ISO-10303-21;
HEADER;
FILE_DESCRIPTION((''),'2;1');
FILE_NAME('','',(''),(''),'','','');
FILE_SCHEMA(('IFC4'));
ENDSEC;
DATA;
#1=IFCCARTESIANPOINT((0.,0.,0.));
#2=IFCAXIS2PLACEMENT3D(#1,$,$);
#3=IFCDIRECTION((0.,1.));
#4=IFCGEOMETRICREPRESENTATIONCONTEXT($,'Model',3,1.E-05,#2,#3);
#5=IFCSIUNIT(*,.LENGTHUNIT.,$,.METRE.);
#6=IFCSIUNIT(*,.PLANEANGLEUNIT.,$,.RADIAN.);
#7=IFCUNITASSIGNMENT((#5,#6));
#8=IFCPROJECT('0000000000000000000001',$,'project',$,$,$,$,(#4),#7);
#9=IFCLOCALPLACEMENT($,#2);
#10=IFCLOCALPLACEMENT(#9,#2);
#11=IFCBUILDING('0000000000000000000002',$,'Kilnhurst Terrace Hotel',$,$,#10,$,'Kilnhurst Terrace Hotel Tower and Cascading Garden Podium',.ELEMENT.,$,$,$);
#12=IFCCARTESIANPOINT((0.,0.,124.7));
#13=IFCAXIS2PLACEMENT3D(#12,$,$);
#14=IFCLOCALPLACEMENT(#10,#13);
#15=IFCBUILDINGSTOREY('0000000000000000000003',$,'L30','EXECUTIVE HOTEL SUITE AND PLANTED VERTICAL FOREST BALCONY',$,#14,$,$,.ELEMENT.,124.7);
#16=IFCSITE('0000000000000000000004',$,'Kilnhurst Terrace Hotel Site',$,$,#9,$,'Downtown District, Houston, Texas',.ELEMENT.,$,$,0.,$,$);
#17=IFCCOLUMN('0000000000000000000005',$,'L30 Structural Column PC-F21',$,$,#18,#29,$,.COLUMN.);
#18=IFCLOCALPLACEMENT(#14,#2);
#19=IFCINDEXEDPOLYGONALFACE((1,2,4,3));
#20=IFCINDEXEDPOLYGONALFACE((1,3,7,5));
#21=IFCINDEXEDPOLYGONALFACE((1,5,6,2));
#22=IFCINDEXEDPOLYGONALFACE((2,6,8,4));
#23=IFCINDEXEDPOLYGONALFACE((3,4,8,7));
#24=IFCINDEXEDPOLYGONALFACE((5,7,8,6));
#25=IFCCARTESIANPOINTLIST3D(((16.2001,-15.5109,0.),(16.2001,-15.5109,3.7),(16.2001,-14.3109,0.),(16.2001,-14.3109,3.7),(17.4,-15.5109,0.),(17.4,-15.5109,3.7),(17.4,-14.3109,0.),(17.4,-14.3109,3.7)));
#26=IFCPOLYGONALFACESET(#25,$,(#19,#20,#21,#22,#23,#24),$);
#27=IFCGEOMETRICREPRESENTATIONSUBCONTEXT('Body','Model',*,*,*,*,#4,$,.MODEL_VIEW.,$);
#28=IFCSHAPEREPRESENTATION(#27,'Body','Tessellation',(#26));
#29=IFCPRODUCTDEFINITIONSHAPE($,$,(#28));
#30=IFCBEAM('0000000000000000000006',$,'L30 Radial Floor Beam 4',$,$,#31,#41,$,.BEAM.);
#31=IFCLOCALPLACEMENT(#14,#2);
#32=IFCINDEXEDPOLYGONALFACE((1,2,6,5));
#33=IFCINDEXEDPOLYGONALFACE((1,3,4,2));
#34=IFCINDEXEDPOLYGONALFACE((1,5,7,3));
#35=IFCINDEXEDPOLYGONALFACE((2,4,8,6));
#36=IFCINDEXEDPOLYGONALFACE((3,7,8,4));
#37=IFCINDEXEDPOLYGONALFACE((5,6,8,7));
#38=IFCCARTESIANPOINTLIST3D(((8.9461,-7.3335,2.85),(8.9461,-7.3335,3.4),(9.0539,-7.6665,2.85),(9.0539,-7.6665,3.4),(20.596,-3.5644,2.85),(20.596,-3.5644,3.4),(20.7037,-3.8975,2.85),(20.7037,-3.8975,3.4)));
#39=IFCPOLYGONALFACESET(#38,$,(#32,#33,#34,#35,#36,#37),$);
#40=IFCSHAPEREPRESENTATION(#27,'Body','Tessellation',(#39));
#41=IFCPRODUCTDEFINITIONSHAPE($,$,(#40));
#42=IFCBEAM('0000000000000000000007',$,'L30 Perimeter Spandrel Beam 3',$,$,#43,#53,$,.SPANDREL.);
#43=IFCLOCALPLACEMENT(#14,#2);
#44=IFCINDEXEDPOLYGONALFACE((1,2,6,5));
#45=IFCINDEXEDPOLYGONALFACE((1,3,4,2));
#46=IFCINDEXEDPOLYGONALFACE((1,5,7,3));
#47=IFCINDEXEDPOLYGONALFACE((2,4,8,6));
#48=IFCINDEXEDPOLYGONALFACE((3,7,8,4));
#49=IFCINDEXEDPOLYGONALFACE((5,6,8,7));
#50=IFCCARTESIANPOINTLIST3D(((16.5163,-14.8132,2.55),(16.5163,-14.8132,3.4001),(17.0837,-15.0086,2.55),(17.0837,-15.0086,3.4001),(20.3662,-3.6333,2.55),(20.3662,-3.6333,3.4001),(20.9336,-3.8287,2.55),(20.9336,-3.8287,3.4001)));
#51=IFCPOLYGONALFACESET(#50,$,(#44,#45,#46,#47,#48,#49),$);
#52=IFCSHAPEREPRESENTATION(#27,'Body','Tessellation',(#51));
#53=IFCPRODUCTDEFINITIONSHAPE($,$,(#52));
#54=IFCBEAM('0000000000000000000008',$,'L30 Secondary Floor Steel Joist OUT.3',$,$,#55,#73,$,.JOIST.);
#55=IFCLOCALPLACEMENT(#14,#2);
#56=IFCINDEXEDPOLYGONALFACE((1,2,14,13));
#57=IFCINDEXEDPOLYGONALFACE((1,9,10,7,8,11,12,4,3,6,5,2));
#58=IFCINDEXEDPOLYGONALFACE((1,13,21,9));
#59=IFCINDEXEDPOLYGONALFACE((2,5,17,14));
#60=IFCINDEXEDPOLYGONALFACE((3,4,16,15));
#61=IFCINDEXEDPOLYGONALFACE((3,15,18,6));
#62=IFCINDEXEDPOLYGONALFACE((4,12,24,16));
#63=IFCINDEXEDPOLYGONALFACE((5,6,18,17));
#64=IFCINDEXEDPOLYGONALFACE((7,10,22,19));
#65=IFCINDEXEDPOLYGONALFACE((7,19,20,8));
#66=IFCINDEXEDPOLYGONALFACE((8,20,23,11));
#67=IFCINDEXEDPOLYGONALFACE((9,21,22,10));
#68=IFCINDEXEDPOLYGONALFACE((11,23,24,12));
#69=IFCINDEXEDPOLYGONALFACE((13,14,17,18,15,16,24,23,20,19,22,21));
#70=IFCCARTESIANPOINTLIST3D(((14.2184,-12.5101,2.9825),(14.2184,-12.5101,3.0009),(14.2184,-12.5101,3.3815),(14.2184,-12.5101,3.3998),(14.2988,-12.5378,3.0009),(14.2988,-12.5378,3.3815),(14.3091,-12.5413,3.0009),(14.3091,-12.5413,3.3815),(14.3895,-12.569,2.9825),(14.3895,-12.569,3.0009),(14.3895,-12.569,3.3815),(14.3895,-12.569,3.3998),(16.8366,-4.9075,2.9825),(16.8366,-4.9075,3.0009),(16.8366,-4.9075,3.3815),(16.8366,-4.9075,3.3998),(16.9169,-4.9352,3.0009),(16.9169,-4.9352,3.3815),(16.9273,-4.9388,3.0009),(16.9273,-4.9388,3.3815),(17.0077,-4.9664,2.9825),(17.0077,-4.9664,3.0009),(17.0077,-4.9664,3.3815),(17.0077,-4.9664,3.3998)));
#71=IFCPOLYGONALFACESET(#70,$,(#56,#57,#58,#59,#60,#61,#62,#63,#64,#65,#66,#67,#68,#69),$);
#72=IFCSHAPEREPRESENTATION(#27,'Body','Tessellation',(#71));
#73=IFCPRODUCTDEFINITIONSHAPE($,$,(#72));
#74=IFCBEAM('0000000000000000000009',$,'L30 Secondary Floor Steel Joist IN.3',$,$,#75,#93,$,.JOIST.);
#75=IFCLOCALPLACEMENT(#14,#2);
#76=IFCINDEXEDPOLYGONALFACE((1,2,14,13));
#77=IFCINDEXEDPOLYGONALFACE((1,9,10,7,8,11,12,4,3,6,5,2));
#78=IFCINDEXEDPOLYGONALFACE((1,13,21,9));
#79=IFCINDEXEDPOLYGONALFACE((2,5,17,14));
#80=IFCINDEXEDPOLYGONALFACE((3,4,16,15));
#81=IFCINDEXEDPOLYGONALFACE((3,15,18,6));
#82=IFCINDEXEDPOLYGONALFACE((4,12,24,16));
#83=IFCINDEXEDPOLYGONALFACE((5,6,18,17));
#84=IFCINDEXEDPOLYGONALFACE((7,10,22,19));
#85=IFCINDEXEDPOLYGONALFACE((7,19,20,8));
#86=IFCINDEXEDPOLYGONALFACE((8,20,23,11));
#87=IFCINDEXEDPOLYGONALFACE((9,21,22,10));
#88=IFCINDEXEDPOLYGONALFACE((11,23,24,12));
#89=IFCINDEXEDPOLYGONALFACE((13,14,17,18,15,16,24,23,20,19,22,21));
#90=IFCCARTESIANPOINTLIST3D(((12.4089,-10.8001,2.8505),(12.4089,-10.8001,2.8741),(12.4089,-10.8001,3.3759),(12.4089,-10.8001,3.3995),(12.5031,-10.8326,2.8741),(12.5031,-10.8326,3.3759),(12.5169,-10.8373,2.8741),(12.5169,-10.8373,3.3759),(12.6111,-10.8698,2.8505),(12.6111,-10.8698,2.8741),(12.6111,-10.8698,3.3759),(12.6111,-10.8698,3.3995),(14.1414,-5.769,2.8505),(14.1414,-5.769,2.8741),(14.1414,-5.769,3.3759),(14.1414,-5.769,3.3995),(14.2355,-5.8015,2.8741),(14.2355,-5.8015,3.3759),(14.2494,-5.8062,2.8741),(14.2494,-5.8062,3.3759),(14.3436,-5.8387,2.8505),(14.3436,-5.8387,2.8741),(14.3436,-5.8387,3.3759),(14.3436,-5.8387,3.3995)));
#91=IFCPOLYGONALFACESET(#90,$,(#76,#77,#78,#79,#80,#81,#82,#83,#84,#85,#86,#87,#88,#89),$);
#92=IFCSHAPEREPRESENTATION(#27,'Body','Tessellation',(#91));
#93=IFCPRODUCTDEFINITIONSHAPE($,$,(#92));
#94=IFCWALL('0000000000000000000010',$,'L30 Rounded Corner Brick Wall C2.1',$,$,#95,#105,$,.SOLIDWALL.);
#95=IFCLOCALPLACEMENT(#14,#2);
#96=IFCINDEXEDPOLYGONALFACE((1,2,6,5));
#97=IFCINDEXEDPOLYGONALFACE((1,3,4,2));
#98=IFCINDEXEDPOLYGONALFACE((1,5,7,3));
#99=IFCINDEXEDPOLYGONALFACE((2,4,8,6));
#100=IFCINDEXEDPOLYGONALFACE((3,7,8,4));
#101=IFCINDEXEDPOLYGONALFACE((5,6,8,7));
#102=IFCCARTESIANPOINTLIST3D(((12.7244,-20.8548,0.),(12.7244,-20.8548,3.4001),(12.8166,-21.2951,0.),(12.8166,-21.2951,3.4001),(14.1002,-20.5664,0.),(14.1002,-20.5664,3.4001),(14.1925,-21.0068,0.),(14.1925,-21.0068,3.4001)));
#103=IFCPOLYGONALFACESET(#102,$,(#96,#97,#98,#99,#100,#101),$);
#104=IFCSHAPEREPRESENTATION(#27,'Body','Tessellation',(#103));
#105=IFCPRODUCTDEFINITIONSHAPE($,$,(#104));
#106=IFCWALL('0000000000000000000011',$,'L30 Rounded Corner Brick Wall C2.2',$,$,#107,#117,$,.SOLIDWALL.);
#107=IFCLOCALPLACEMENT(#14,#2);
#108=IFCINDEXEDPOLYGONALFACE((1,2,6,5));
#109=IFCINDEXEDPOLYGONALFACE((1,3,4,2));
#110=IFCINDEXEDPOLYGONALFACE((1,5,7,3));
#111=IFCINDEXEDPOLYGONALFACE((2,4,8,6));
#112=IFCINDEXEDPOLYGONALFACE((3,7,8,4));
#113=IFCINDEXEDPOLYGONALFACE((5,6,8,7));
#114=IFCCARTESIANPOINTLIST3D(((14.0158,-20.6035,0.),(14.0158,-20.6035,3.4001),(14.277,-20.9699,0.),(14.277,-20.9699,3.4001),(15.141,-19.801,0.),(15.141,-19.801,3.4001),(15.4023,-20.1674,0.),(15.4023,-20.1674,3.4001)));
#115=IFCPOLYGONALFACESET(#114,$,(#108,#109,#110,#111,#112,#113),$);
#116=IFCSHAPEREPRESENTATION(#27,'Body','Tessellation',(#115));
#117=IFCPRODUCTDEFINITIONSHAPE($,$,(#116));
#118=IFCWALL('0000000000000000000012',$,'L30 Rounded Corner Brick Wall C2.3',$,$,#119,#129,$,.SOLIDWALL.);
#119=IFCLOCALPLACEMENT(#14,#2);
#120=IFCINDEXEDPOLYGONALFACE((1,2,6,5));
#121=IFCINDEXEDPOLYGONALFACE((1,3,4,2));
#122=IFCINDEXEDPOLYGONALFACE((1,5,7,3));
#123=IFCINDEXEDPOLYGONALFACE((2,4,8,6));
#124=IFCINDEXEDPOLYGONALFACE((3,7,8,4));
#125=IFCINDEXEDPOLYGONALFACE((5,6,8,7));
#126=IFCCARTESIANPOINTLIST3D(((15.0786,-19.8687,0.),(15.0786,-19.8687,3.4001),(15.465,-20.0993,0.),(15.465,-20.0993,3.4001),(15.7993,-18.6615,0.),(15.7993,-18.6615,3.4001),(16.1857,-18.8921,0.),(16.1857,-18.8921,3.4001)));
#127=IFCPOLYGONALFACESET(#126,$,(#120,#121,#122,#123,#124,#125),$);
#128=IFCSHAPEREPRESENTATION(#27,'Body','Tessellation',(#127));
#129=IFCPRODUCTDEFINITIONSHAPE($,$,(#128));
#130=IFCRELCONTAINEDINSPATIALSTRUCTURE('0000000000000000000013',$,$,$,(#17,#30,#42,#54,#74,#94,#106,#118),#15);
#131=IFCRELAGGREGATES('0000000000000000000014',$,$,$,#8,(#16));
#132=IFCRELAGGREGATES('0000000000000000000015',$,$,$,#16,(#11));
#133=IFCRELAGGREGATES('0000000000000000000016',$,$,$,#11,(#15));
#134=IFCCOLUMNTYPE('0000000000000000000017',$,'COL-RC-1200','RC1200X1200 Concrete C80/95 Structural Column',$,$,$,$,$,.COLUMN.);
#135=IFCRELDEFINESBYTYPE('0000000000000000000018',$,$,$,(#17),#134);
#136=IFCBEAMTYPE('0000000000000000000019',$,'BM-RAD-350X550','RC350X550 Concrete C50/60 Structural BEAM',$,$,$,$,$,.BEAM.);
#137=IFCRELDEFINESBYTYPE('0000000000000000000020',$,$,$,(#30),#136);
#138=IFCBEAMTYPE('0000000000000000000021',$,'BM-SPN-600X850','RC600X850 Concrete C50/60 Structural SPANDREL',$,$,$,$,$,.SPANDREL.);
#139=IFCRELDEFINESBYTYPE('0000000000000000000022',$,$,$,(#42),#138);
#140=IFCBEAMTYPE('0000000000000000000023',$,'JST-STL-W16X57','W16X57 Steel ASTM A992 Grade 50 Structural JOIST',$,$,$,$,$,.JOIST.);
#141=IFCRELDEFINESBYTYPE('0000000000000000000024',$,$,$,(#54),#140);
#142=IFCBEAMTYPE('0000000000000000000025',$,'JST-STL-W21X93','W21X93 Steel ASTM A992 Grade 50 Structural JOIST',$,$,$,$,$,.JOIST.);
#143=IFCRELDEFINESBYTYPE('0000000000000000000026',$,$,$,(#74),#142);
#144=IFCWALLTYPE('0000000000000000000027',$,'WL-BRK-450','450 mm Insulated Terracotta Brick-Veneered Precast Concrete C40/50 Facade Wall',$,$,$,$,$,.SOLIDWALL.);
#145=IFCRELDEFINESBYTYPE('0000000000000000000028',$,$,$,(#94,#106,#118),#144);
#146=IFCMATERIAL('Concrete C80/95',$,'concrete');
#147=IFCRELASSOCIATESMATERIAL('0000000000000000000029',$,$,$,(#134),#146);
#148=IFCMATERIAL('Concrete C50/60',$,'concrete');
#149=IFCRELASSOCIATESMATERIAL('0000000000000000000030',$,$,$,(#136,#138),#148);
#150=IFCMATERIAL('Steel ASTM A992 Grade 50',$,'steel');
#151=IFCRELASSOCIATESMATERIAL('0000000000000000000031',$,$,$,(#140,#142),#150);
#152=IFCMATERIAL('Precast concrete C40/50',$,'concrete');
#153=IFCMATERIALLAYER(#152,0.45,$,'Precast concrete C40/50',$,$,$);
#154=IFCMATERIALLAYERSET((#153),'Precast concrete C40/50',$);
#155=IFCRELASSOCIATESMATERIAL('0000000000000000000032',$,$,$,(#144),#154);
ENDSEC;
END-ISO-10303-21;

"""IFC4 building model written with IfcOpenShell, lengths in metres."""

from ifc_helpers import new_model, si_unit, direction, frame, frame_2d, origin, origin_2d, place, context, subcontext, project, spatial, rectangle, i_section, extrude, material, layer, layer_set, material_profile, profile_set, type_object, element, save


model = new_model("IFC4")

# Units and contexts
model_context = context("Model", 3, precision=1e-05, world=origin(), true_north=direction((0.0, 1.0)))
body_context = subcontext(model_context, "Body", "Model", "MODEL_VIEW")
ifc_project = project(units=[si_unit("LENGTHUNIT", "METRE"), si_unit("PLANEANGLEUNIT", "RADIAN")], contexts=[model_context])

# Site, building, storey
site_placement = place(None, origin())
site = spatial("IfcSite", under=ifc_project, at=site_placement, Name="Kilnhurst Terrace Hotel Site", LongName="Downtown District, Houston, Texas", CompositionType="ELEMENT", RefElevation=0.0)
building_placement = place(site_placement, origin())
building = spatial("IfcBuilding", under=site, at=building_placement, Name="Kilnhurst Terrace Hotel", LongName="Kilnhurst Terrace Hotel Tower and Cascading Garden Podium", CompositionType="ELEMENT")
storey_placement = place(building_placement, frame((0.0, 0.0, 124.7)))
storey = spatial("IfcBuildingStorey", under=building, at=storey_placement, Name="L30", Description="EXECUTIVE HOTEL SUITE AND PLANTED VERTICAL FOREST BALCONY", CompositionType="ELEMENT", Elevation=124.7)

# Column
ifc_material_1 = material(Name="Concrete C80/95", Category="concrete")
ifc_material_profile_1 = material_profile(ifc_material_1, rectangle(XDim=1.2, YDim=1.2, at=origin_2d()), Name="RC1200X1200")
ifc_profile_set_1 = profile_set([ifc_material_profile_1], Name="Concrete C80/95")
column_type = type_object("IfcColumnType", Name="COL-RC-1200", Description="RC1200X1200 Concrete C80/95 Structural Column", PredefinedType="COLUMN", material=ifc_profile_set_1)
column_placement = place(storey_placement, frame((16.8, -14.9109, 0.0), z_axis=(0.0, 0.0, 1.0), x_axis=(1.0, 0.0, 0.0)))
element("IfcColumn", 1, at=column_placement, inside=storey, type_object=column_type, Name="L30 Structural Column PC-F21", PredefinedType="COLUMN", context=body_context, shape_type="SweptSolid", body=[
    extrude(rectangle(XDim=1.2, YDim=1.2, at=origin_2d()), origin(), (0.0, 0.0, 1.0), 3.7),
])

# Beams
ifc_material_2 = material(Name="Concrete C50/60", Category="concrete")
ifc_material_profile_2 = material_profile(ifc_material_2, rectangle(XDim=0.3501, YDim=0.55, at=origin_2d()), Name="RC350X550")
ifc_profile_set_2 = profile_set([ifc_material_profile_2], Name="Concrete C50/60")
beam_type_1 = type_object("IfcBeamType", Name="BM-RAD-350X550", Description="RC350X550 Concrete C50/60 Structural BEAM", PredefinedType="BEAM", material=ifc_profile_set_2)
beam_1_placement = place(storey_placement, frame((9.0, -7.5, 3.125), z_axis=(0.951446, 0.307817, 0.0), x_axis=(-0.307817, 0.951446, 0.0)))
element("IfcBeam", 2, at=beam_1_placement, inside=storey, type_object=beam_type_1, Name="L30 Radial Floor Beam 4", PredefinedType="BEAM", context=body_context, shape_type="SweptSolid", body=[
    extrude(rectangle(XDim=0.3501, YDim=0.55, at=origin_2d()), origin(), (0.0, 0.0, 1.0), 12.2444),
])
ifc_material_profile_3 = material_profile(ifc_material_2, rectangle(XDim=0.6001, YDim=0.8501, at=origin_2d()), Name="RC600X850")
ifc_profile_set_3 = profile_set([ifc_material_profile_3], Name="Concrete C50/60")
beam_type_2 = type_object("IfcBeamType", Name="BM-SPN-600X850", Description="RC600X850 Concrete C50/60 Structural SPANDREL", PredefinedType="SPANDREL", material=ifc_profile_set_3)
beam_2_placement = place(storey_placement, frame((16.8, -14.9109, 2.9751), z_axis=(0.32559, 0.945511, 0.0), x_axis=(-0.945511, 0.32559, 0.0)))
element("IfcBeam", 3, at=beam_2_placement, inside=storey, type_object=beam_type_2, Name="L30 Perimeter Spandrel Beam 3", PredefinedType="SPANDREL", context=body_context, shape_type="SweptSolid", body=[
    extrude(rectangle(XDim=0.6001, YDim=0.8501, at=origin_2d()), origin(), (0.0, 0.0, 1.0), 11.8242),
])
ifc_material_3 = material(Name="Steel ASTM A992 Grade 50", Category="steel")
ifc_material_profile_4 = material_profile(ifc_material_3, i_section(OverallWidth=0.1809, OverallDepth=0.4172, WebThickness=0.011, FlangeThickness=0.0183, at=origin_2d()), Name="W16X57")
ifc_profile_set_4 = profile_set([ifc_material_profile_4], Name="Steel ASTM A992 Grade 50")
beam_type_3 = type_object("IfcBeamType", Name="JST-STL-W16X57", Description="W16X57 Steel ASTM A992 Grade 50 Structural JOIST", PredefinedType="JOIST", material=ifc_profile_set_4)
beam_3_placement = place(storey_placement, frame((14.304, -12.5396, 3.1912), z_axis=(0.325613, 0.945503, 0.0), x_axis=(-0.945503, 0.325613, 0.0)))
element("IfcBeam", 4, at=beam_3_placement, inside=storey, type_object=beam_type_3, Name="L30 Secondary Floor Steel Joist OUT.3", PredefinedType="JOIST", context=body_context, shape_type="SweptSolid", body=[
    extrude(i_section(OverallWidth=0.1809, OverallDepth=0.4172, WebThickness=0.011, FlangeThickness=0.0183, at=origin_2d()), origin(), (0.0, 0.0, 1.0), 8.0408),
])
ifc_material_profile_5 = material_profile(ifc_material_3, i_section(OverallWidth=0.2139, OverallDepth=0.5491, WebThickness=0.0146, FlangeThickness=0.0237, at=origin_2d()), Name="W21X93")
ifc_profile_set_5 = profile_set([ifc_material_profile_5], Name="Steel ASTM A992 Grade 50")
beam_type_4 = type_object("IfcBeamType", Name="JST-STL-W21X93", Description="W21X93 Steel ASTM A992 Grade 50 Structural JOIST", PredefinedType="JOIST", material=ifc_profile_set_5)
beam_4_placement = place(storey_placement, frame((12.51, -10.835, 3.125), z_axis=(0.325586, 0.945512, 0.0), x_axis=(-0.945512, 0.325586, 0.0)))
element("IfcBeam", 5, at=beam_4_placement, inside=storey, type_object=beam_type_4, Name="L30 Secondary Floor Steel Joist IN.3", PredefinedType="JOIST", context=body_context, shape_type="SweptSolid", body=[
    extrude(i_section(OverallWidth=0.2139, OverallDepth=0.5491, WebThickness=0.0146, FlangeThickness=0.0237, at=origin_2d()), origin(), (0.0, 0.0, 1.0), 5.321),
])

# Walls
ifc_material_4 = material(Name="Precast concrete C40/50", Category="concrete")
ifc_layer_1 = layer(ifc_material_4, 0.45, Name="Precast concrete C40/50")
ifc_layer_set_1 = layer_set([ifc_layer_1], Name="Precast concrete C40/50")
wall_type_1 = type_object("IfcWallType", Name="WL-BRK-450", Description="450 mm Insulated Terracotta Brick-Veneered Precast Concrete C40/50 Facade Wall", PredefinedType="SOLIDWALL", material=ifc_layer_set_1)
wall_1_placement = place(storey_placement, frame((12.7705, -21.075, 0.0), z_axis=(0.0, 0.0, 1.0), x_axis=(0.978743, 0.205091, 0.0)))
element("IfcWall", 6, at=wall_1_placement, inside=storey, type_object=wall_type_1, Name="L30 Rounded Corner Brick Wall C2.1", PredefinedType="SOLIDWALL", context=body_context, shape_type="SweptSolid", body=[
    extrude(rectangle(XDim=1.4058, YDim=0.45, at=frame_2d((0.7029, 0.0))), origin(), (0.0, 0.0, 1.0), 3.4001),
])
wall_2_placement = place(storey_placement, frame((14.1465, -20.7866, 0.0), z_axis=(0.0, 0.0, 1.0), x_axis=(0.814163, 0.580636, 0.0)))
element("IfcWall", 7, at=wall_2_placement, inside=storey, type_object=wall_type_1, Name="L30 Rounded Corner Brick Wall C2.2", PredefinedType="SOLIDWALL", context=body_context, shape_type="SweptSolid", body=[
    extrude(rectangle(XDim=1.3821, YDim=0.45, at=frame_2d((0.6909, 0.0))), origin(), (0.0, 0.0, 1.0), 3.4001),
])
wall_3_placement = place(storey_placement, frame((15.2717, -19.9841, 0.0), z_axis=(0.0, 0.0, 1.0), x_axis=(0.512579, 0.85864, 0.0)))
element("IfcWall", 8, at=wall_3_placement, inside=storey, type_object=wall_type_1, Name="L30 Rounded Corner Brick Wall C2.3", PredefinedType="SOLIDWALL", context=body_context, shape_type="SweptSolid", body=[
    extrude(rectangle(XDim=1.406, YDim=0.45, at=frame_2d((0.7031, 0.0))), origin(), (0.0, 0.0, 1.0), 3.4001),
])

save(model, "model.ifc")
